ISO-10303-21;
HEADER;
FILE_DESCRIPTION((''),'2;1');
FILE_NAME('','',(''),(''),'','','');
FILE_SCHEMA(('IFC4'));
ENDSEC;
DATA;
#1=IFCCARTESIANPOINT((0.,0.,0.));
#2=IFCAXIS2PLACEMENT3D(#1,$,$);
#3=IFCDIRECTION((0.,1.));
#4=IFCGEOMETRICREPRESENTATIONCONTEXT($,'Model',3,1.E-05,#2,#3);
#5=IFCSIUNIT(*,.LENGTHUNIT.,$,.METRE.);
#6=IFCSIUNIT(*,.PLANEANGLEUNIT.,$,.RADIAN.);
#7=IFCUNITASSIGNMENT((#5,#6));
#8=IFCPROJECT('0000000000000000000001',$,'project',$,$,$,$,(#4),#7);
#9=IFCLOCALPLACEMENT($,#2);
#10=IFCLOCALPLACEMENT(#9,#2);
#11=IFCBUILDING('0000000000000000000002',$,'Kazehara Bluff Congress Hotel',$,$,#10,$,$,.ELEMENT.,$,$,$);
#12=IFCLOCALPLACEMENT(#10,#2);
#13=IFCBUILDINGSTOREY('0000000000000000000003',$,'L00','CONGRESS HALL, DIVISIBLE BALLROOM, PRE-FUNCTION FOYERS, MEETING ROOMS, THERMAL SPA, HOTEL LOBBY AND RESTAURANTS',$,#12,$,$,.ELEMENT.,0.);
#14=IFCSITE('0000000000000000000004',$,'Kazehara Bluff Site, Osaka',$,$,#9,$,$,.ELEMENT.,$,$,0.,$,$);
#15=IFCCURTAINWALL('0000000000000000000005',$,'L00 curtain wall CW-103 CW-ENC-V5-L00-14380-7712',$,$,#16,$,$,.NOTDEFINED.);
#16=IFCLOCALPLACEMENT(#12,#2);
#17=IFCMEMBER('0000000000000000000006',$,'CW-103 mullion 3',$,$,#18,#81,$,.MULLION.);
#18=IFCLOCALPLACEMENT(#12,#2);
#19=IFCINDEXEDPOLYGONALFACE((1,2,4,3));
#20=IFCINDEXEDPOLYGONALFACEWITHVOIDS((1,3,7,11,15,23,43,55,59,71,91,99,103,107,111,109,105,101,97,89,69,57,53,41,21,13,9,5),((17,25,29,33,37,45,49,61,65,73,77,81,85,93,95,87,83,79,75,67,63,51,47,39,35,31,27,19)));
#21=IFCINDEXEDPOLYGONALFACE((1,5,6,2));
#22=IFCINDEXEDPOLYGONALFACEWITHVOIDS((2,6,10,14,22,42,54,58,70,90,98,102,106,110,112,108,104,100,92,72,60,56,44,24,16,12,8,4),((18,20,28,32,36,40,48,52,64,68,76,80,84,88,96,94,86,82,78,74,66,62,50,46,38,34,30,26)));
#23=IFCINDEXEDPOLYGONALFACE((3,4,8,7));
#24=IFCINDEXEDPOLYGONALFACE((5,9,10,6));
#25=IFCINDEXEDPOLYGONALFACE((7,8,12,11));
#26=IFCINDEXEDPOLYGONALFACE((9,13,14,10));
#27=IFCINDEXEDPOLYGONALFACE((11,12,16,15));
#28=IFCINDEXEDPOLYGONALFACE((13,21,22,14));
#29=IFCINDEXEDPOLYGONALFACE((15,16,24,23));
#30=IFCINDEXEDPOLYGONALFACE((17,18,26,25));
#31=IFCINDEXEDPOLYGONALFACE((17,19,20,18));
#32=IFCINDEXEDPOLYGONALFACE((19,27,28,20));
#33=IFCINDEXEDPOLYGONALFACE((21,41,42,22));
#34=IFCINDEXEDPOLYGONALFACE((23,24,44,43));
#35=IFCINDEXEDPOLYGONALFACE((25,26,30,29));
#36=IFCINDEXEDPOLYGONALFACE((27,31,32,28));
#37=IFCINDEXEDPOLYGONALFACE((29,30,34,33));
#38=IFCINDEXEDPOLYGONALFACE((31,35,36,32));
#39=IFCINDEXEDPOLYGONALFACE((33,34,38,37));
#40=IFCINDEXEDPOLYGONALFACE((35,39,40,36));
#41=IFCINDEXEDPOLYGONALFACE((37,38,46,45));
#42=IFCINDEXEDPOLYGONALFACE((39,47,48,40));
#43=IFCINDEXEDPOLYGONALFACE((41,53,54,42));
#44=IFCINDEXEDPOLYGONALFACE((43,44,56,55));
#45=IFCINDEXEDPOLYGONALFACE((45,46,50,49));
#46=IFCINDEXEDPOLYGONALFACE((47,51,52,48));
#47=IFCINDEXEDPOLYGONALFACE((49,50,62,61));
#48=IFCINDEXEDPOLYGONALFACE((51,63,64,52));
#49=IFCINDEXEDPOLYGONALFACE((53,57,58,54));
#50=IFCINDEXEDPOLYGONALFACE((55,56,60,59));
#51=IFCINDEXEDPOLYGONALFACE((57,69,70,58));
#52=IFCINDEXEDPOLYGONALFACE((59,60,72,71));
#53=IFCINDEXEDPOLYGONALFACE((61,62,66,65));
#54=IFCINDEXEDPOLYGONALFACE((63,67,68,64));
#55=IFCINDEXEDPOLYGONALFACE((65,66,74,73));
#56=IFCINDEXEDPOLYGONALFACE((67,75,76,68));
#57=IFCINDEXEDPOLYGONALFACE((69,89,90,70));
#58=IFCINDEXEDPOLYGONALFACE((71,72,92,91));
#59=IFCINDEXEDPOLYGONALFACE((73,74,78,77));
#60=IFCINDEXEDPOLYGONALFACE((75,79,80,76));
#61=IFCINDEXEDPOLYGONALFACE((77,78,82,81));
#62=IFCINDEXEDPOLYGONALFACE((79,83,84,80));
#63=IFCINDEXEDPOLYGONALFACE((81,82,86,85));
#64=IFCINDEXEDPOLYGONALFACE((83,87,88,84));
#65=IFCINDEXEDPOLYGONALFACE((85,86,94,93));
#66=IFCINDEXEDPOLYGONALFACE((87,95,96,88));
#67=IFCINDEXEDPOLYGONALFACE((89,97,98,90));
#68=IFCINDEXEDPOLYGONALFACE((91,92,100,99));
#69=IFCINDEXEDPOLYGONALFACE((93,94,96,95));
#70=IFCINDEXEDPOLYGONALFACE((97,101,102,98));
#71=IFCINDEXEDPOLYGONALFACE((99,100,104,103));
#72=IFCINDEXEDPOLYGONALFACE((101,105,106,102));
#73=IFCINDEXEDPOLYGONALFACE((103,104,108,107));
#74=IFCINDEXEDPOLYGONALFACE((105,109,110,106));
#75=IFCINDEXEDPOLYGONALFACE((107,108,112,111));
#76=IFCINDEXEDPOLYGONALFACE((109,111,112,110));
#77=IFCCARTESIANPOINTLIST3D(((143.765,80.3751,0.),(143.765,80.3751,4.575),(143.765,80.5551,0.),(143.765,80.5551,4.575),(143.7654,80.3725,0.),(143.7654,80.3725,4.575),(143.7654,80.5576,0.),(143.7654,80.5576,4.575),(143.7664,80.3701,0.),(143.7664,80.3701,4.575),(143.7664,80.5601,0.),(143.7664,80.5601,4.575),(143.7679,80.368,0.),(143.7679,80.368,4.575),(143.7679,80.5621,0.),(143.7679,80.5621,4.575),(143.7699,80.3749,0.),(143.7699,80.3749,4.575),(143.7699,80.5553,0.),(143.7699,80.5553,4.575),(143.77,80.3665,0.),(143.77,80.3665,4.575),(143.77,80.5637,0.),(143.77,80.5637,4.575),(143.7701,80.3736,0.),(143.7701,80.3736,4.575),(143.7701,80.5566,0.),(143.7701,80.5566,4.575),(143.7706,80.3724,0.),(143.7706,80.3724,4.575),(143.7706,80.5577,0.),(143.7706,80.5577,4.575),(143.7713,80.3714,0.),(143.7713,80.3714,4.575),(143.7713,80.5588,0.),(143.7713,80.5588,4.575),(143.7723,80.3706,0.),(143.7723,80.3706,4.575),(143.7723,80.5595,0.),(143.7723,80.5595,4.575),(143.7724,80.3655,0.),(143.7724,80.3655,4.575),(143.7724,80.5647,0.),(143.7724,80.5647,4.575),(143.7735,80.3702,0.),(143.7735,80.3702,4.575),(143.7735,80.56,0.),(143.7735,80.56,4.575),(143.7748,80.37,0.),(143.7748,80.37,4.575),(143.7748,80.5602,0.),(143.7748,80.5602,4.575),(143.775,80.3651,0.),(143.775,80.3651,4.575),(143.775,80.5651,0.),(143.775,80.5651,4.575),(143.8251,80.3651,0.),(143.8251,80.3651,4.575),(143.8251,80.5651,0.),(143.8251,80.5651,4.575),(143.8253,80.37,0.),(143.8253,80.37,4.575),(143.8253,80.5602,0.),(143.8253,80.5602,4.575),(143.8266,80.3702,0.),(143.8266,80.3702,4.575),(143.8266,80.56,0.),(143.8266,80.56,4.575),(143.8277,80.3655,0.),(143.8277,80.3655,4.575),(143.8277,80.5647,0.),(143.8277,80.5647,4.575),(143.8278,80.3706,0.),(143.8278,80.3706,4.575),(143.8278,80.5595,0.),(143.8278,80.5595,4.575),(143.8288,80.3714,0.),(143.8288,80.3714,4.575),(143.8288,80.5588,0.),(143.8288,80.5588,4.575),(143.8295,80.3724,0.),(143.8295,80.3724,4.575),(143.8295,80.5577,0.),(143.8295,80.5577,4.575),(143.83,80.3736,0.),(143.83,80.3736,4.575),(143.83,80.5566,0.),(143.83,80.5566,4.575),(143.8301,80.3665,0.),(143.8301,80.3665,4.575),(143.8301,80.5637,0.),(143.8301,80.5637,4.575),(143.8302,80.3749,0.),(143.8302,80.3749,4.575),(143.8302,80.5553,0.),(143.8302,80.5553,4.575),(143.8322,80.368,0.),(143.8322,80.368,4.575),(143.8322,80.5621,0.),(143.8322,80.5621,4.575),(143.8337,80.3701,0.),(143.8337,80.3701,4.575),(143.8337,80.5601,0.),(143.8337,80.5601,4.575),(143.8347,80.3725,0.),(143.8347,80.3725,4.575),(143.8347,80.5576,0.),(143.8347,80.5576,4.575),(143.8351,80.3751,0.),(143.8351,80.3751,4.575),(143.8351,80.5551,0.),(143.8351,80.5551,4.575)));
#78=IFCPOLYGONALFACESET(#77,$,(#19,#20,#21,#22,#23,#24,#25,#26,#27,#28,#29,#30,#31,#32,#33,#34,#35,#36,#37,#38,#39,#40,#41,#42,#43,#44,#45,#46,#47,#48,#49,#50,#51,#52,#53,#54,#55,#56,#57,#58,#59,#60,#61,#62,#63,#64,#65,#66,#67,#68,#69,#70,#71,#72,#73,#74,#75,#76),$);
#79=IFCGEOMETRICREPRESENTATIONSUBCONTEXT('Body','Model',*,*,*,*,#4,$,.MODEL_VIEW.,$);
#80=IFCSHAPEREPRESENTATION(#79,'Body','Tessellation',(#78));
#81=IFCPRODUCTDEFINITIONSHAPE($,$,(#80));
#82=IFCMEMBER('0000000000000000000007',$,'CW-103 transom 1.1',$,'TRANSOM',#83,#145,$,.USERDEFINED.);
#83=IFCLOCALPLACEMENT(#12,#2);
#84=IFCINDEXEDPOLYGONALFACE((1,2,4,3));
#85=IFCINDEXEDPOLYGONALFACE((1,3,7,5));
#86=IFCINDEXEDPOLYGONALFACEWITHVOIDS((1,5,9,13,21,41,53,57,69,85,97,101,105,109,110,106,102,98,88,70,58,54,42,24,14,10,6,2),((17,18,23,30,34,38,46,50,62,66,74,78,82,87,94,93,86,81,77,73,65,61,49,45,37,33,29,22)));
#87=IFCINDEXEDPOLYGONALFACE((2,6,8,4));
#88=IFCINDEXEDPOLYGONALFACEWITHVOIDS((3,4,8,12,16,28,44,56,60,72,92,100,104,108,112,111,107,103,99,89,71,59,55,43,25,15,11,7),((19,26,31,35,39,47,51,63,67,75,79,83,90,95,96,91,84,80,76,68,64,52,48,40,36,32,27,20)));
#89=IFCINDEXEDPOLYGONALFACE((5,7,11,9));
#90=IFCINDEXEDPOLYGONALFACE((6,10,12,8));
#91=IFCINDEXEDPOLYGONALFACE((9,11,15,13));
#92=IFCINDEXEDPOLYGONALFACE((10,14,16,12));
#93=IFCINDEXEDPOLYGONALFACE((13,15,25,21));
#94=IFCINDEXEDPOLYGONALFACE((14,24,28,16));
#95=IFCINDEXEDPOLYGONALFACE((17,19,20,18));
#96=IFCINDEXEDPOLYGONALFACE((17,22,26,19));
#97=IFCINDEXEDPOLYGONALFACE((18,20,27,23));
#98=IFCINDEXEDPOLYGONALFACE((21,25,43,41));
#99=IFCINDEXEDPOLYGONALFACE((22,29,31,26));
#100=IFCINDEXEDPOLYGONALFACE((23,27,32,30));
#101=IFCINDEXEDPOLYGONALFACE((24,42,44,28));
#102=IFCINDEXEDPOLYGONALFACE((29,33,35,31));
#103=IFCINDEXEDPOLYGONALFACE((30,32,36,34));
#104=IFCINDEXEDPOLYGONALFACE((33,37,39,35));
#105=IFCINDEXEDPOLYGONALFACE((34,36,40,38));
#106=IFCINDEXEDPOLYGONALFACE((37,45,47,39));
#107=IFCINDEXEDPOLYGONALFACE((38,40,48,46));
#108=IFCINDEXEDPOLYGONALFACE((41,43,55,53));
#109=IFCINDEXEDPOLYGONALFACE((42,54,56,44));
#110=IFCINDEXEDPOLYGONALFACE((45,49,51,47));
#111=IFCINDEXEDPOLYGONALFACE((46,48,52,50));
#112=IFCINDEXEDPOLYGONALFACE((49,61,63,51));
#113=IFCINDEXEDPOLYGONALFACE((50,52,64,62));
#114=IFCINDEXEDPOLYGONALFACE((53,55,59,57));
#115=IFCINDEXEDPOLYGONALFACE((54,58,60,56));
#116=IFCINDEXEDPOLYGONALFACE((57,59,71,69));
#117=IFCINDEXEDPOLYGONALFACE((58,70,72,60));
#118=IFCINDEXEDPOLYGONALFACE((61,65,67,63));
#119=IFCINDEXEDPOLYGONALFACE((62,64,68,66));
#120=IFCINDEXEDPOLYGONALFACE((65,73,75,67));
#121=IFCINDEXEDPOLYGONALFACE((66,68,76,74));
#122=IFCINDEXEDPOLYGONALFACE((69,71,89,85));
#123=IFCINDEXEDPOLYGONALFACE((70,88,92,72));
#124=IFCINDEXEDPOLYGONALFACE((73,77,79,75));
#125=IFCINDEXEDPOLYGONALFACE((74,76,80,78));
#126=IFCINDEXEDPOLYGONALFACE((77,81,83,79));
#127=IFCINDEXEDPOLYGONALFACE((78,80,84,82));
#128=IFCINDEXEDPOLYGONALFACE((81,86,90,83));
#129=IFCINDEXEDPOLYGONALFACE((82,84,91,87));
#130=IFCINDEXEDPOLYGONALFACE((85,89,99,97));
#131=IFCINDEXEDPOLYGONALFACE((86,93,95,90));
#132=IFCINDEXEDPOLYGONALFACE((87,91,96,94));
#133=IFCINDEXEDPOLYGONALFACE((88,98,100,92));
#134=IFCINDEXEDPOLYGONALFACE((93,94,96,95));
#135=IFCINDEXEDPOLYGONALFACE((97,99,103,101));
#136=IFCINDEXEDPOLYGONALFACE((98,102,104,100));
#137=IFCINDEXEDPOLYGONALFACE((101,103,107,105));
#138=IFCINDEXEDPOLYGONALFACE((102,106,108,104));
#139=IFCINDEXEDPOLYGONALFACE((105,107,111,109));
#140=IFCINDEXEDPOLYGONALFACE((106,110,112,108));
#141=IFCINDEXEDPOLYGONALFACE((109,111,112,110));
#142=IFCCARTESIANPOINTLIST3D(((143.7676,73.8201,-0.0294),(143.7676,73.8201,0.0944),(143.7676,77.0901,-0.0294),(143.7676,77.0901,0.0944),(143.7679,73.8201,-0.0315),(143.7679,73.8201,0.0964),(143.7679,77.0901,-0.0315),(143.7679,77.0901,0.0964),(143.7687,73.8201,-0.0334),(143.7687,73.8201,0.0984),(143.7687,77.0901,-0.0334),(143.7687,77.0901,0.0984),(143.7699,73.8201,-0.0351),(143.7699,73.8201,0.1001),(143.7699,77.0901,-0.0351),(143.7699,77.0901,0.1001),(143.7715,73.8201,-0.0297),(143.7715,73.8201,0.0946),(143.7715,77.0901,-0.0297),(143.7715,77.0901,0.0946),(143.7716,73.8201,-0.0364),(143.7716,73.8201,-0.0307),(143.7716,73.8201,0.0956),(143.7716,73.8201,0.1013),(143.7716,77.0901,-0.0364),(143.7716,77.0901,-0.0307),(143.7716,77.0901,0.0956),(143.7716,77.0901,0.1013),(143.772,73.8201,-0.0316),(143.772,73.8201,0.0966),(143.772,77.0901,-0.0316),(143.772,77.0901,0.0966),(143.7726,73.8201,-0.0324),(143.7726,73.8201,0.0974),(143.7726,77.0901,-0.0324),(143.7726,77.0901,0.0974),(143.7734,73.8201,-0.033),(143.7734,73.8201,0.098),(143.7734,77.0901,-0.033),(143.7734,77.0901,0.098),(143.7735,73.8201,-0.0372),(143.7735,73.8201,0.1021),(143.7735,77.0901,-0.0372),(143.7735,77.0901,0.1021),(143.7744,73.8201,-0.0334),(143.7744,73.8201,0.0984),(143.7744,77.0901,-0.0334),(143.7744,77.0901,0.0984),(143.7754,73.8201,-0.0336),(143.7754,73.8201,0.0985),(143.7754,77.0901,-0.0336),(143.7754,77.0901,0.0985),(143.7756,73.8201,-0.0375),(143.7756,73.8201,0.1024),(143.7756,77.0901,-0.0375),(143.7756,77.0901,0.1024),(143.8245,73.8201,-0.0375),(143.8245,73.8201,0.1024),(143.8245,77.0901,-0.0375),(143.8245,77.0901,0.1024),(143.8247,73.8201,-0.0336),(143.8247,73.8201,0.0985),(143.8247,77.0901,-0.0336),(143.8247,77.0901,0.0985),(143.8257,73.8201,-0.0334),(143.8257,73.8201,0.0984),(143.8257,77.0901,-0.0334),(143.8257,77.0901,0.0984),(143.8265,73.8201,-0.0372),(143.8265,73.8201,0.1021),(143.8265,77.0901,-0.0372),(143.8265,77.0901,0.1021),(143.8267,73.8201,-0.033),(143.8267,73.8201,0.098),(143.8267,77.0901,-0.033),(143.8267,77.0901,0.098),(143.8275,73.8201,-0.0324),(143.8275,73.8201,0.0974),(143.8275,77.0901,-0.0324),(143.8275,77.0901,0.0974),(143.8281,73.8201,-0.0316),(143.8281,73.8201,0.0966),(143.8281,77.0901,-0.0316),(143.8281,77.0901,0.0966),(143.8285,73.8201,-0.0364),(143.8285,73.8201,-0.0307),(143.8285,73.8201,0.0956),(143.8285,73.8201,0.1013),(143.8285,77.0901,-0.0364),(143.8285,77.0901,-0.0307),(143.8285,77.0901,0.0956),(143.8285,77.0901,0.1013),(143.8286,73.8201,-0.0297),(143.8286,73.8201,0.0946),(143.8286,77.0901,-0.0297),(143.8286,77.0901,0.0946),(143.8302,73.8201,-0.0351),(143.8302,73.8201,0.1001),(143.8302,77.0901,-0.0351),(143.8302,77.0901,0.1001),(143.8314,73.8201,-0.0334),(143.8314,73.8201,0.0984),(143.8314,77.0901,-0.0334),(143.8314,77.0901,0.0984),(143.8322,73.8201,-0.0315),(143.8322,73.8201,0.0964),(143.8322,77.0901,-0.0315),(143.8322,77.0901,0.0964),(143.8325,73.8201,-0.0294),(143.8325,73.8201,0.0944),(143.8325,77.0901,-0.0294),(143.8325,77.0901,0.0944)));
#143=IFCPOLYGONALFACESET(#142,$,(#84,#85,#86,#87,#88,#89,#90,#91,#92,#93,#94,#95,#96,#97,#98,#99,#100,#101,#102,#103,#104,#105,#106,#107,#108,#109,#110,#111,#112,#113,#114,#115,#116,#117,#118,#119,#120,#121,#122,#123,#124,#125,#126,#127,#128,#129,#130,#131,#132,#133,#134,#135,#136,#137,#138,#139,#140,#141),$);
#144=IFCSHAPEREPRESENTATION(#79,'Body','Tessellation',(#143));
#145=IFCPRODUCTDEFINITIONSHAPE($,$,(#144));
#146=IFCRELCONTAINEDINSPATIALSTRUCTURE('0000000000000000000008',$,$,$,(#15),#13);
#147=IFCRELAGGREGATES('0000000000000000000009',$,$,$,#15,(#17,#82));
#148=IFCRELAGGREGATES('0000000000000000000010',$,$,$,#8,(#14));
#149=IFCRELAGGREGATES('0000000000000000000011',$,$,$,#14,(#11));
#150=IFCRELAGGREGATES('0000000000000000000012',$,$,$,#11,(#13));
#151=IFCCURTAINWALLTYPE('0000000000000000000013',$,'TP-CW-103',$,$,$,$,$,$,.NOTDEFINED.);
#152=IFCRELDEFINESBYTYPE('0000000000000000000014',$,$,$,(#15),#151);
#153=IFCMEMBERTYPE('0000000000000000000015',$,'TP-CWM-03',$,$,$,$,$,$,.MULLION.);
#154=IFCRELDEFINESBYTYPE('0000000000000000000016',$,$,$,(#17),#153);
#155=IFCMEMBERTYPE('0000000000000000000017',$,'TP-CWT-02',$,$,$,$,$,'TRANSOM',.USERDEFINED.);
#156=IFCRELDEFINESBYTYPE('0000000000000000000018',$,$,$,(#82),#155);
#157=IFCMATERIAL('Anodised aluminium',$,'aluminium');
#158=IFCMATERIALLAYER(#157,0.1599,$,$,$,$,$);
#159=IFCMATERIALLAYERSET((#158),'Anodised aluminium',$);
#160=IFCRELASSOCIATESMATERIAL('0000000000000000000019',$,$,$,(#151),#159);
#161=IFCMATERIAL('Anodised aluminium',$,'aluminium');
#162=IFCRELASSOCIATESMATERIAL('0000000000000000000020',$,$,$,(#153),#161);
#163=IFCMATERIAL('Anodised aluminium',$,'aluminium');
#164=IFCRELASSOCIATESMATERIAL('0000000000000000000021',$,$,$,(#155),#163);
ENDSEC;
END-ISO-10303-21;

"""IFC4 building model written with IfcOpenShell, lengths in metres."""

from ifc_helpers import new_model, si_unit, direction, frame, origin, origin_2d, place, context, subcontext, project, spatial, hollow_rectangle, extrude, material, layer, layer_set, material_profile, profile_set, type_object, element, aggregate, save


model = new_model("IFC4")

# Units and contexts
model_context = context("Model", 3, precision=1e-05, world=origin(), true_north=direction((0.0, 1.0)))
body_context = subcontext(model_context, "Body", "Model", "MODEL_VIEW")
ifc_project = project(units=[si_unit("LENGTHUNIT", "METRE"), si_unit("PLANEANGLEUNIT", "RADIAN")], contexts=[model_context])

# Site, building, storey
site_placement = place(None, origin())
site = spatial("IfcSite", under=ifc_project, at=site_placement, Name="Kazehara Bluff Site, Osaka", CompositionType="ELEMENT", RefElevation=0.0)
building_placement = place(site_placement, origin())
building = spatial("IfcBuilding", under=site, at=building_placement, Name="Kazehara Bluff Congress Hotel", CompositionType="ELEMENT")
storey_placement = place(building_placement, origin())
storey = spatial("IfcBuildingStorey", under=building, at=storey_placement, Name="L00", Description="CONGRESS HALL, DIVISIBLE BALLROOM, PRE-FUNCTION FOYERS, MEETING ROOMS, THERMAL SPA, HOTEL LOBBY AND RESTAURANTS", CompositionType="ELEMENT", Elevation=0.0)

# Curtain wall, members
ifc_material_1 = material(Name="Anodised aluminium", Category="aluminium")
ifc_layer_1 = layer(ifc_material_1, 0.1599)
ifc_layer_set_1 = layer_set([ifc_layer_1], Name="Anodised aluminium")
curtain_wall_type = type_object("IfcCurtainWallType", Name="TP-CW-103", PredefinedType="NOTDEFINED", material=ifc_layer_set_1)
curtain_wall_placement = place(storey_placement, origin())
curtain_wall = element("IfcCurtainWall", 1, at=curtain_wall_placement, inside=storey, type_object=curtain_wall_type, Name="L00 curtain wall CW-103 CW-ENC-V5-L00-14380-7712", PredefinedType="NOTDEFINED")
ifc_material_2 = material(Name="Anodised aluminium", Category="aluminium")
ifc_material_profile_1 = material_profile(ifc_material_2, hollow_rectangle(XDim=0.0701, YDim=0.2, WallThickness=0.0049, InnerFilletRadius=0.0049, OuterFilletRadius=0.01, at=origin_2d()))
ifc_profile_set_1 = profile_set([ifc_material_profile_1], Name="Anodised aluminium")
member_type_1 = type_object("IfcMemberType", Name="TP-CWM-03", PredefinedType="MULLION", material=ifc_profile_set_1)
member_1_placement = place(storey_placement, frame((143.8, 80.4651, 0.0), z_axis=(0.0, 0.0, 1.0), x_axis=(-1.0, 0.0, 0.0)))
member_1 = element("IfcMember", 2, at=member_1_placement, type_object=member_type_1, Name="CW-103 mullion 3", PredefinedType="MULLION", context=body_context, shape_type="SweptSolid", body=[
    extrude(hollow_rectangle(XDim=0.0701, YDim=0.2, WallThickness=0.0049, InnerFilletRadius=0.0049, OuterFilletRadius=0.01, at=origin_2d()), origin(), (0.0, 0.0, 1.0), 4.575),
])
ifc_material_3 = material(Name="Anodised aluminium", Category="aluminium")
ifc_material_profile_2 = material_profile(ifc_material_3, hollow_rectangle(XDim=0.0649, YDim=0.1399, WallThickness=0.0039, InnerFilletRadius=0.0039, OuterFilletRadius=0.0081, at=origin_2d()))
ifc_profile_set_2 = profile_set([ifc_material_profile_2], Name="Anodised aluminium")
member_type_2 = type_object("IfcMemberType", Name="TP-CWT-02", ElementType="TRANSOM", PredefinedType="USERDEFINED", material=ifc_profile_set_2)
member_2_placement = place(storey_placement, frame((143.8, 73.8201, 0.0325), z_axis=(0.0, 1.0, 0.0), x_axis=(-1.0, 0.0, 0.0)))
member_2 = element("IfcMember", 3, at=member_2_placement, type_object=member_type_2, Name="CW-103 transom 1.1", ObjectType="TRANSOM", PredefinedType="USERDEFINED", context=body_context, shape_type="SweptSolid", body=[
    extrude(hollow_rectangle(XDim=0.0649, YDim=0.1399, WallThickness=0.0039, InnerFilletRadius=0.0039, OuterFilletRadius=0.0081, at=origin_2d()), origin(), (0.0, 0.0, 1.0), 3.27),
])

aggregate(curtain_wall, [member_1, member_2])

save(model, "model.ifc")
